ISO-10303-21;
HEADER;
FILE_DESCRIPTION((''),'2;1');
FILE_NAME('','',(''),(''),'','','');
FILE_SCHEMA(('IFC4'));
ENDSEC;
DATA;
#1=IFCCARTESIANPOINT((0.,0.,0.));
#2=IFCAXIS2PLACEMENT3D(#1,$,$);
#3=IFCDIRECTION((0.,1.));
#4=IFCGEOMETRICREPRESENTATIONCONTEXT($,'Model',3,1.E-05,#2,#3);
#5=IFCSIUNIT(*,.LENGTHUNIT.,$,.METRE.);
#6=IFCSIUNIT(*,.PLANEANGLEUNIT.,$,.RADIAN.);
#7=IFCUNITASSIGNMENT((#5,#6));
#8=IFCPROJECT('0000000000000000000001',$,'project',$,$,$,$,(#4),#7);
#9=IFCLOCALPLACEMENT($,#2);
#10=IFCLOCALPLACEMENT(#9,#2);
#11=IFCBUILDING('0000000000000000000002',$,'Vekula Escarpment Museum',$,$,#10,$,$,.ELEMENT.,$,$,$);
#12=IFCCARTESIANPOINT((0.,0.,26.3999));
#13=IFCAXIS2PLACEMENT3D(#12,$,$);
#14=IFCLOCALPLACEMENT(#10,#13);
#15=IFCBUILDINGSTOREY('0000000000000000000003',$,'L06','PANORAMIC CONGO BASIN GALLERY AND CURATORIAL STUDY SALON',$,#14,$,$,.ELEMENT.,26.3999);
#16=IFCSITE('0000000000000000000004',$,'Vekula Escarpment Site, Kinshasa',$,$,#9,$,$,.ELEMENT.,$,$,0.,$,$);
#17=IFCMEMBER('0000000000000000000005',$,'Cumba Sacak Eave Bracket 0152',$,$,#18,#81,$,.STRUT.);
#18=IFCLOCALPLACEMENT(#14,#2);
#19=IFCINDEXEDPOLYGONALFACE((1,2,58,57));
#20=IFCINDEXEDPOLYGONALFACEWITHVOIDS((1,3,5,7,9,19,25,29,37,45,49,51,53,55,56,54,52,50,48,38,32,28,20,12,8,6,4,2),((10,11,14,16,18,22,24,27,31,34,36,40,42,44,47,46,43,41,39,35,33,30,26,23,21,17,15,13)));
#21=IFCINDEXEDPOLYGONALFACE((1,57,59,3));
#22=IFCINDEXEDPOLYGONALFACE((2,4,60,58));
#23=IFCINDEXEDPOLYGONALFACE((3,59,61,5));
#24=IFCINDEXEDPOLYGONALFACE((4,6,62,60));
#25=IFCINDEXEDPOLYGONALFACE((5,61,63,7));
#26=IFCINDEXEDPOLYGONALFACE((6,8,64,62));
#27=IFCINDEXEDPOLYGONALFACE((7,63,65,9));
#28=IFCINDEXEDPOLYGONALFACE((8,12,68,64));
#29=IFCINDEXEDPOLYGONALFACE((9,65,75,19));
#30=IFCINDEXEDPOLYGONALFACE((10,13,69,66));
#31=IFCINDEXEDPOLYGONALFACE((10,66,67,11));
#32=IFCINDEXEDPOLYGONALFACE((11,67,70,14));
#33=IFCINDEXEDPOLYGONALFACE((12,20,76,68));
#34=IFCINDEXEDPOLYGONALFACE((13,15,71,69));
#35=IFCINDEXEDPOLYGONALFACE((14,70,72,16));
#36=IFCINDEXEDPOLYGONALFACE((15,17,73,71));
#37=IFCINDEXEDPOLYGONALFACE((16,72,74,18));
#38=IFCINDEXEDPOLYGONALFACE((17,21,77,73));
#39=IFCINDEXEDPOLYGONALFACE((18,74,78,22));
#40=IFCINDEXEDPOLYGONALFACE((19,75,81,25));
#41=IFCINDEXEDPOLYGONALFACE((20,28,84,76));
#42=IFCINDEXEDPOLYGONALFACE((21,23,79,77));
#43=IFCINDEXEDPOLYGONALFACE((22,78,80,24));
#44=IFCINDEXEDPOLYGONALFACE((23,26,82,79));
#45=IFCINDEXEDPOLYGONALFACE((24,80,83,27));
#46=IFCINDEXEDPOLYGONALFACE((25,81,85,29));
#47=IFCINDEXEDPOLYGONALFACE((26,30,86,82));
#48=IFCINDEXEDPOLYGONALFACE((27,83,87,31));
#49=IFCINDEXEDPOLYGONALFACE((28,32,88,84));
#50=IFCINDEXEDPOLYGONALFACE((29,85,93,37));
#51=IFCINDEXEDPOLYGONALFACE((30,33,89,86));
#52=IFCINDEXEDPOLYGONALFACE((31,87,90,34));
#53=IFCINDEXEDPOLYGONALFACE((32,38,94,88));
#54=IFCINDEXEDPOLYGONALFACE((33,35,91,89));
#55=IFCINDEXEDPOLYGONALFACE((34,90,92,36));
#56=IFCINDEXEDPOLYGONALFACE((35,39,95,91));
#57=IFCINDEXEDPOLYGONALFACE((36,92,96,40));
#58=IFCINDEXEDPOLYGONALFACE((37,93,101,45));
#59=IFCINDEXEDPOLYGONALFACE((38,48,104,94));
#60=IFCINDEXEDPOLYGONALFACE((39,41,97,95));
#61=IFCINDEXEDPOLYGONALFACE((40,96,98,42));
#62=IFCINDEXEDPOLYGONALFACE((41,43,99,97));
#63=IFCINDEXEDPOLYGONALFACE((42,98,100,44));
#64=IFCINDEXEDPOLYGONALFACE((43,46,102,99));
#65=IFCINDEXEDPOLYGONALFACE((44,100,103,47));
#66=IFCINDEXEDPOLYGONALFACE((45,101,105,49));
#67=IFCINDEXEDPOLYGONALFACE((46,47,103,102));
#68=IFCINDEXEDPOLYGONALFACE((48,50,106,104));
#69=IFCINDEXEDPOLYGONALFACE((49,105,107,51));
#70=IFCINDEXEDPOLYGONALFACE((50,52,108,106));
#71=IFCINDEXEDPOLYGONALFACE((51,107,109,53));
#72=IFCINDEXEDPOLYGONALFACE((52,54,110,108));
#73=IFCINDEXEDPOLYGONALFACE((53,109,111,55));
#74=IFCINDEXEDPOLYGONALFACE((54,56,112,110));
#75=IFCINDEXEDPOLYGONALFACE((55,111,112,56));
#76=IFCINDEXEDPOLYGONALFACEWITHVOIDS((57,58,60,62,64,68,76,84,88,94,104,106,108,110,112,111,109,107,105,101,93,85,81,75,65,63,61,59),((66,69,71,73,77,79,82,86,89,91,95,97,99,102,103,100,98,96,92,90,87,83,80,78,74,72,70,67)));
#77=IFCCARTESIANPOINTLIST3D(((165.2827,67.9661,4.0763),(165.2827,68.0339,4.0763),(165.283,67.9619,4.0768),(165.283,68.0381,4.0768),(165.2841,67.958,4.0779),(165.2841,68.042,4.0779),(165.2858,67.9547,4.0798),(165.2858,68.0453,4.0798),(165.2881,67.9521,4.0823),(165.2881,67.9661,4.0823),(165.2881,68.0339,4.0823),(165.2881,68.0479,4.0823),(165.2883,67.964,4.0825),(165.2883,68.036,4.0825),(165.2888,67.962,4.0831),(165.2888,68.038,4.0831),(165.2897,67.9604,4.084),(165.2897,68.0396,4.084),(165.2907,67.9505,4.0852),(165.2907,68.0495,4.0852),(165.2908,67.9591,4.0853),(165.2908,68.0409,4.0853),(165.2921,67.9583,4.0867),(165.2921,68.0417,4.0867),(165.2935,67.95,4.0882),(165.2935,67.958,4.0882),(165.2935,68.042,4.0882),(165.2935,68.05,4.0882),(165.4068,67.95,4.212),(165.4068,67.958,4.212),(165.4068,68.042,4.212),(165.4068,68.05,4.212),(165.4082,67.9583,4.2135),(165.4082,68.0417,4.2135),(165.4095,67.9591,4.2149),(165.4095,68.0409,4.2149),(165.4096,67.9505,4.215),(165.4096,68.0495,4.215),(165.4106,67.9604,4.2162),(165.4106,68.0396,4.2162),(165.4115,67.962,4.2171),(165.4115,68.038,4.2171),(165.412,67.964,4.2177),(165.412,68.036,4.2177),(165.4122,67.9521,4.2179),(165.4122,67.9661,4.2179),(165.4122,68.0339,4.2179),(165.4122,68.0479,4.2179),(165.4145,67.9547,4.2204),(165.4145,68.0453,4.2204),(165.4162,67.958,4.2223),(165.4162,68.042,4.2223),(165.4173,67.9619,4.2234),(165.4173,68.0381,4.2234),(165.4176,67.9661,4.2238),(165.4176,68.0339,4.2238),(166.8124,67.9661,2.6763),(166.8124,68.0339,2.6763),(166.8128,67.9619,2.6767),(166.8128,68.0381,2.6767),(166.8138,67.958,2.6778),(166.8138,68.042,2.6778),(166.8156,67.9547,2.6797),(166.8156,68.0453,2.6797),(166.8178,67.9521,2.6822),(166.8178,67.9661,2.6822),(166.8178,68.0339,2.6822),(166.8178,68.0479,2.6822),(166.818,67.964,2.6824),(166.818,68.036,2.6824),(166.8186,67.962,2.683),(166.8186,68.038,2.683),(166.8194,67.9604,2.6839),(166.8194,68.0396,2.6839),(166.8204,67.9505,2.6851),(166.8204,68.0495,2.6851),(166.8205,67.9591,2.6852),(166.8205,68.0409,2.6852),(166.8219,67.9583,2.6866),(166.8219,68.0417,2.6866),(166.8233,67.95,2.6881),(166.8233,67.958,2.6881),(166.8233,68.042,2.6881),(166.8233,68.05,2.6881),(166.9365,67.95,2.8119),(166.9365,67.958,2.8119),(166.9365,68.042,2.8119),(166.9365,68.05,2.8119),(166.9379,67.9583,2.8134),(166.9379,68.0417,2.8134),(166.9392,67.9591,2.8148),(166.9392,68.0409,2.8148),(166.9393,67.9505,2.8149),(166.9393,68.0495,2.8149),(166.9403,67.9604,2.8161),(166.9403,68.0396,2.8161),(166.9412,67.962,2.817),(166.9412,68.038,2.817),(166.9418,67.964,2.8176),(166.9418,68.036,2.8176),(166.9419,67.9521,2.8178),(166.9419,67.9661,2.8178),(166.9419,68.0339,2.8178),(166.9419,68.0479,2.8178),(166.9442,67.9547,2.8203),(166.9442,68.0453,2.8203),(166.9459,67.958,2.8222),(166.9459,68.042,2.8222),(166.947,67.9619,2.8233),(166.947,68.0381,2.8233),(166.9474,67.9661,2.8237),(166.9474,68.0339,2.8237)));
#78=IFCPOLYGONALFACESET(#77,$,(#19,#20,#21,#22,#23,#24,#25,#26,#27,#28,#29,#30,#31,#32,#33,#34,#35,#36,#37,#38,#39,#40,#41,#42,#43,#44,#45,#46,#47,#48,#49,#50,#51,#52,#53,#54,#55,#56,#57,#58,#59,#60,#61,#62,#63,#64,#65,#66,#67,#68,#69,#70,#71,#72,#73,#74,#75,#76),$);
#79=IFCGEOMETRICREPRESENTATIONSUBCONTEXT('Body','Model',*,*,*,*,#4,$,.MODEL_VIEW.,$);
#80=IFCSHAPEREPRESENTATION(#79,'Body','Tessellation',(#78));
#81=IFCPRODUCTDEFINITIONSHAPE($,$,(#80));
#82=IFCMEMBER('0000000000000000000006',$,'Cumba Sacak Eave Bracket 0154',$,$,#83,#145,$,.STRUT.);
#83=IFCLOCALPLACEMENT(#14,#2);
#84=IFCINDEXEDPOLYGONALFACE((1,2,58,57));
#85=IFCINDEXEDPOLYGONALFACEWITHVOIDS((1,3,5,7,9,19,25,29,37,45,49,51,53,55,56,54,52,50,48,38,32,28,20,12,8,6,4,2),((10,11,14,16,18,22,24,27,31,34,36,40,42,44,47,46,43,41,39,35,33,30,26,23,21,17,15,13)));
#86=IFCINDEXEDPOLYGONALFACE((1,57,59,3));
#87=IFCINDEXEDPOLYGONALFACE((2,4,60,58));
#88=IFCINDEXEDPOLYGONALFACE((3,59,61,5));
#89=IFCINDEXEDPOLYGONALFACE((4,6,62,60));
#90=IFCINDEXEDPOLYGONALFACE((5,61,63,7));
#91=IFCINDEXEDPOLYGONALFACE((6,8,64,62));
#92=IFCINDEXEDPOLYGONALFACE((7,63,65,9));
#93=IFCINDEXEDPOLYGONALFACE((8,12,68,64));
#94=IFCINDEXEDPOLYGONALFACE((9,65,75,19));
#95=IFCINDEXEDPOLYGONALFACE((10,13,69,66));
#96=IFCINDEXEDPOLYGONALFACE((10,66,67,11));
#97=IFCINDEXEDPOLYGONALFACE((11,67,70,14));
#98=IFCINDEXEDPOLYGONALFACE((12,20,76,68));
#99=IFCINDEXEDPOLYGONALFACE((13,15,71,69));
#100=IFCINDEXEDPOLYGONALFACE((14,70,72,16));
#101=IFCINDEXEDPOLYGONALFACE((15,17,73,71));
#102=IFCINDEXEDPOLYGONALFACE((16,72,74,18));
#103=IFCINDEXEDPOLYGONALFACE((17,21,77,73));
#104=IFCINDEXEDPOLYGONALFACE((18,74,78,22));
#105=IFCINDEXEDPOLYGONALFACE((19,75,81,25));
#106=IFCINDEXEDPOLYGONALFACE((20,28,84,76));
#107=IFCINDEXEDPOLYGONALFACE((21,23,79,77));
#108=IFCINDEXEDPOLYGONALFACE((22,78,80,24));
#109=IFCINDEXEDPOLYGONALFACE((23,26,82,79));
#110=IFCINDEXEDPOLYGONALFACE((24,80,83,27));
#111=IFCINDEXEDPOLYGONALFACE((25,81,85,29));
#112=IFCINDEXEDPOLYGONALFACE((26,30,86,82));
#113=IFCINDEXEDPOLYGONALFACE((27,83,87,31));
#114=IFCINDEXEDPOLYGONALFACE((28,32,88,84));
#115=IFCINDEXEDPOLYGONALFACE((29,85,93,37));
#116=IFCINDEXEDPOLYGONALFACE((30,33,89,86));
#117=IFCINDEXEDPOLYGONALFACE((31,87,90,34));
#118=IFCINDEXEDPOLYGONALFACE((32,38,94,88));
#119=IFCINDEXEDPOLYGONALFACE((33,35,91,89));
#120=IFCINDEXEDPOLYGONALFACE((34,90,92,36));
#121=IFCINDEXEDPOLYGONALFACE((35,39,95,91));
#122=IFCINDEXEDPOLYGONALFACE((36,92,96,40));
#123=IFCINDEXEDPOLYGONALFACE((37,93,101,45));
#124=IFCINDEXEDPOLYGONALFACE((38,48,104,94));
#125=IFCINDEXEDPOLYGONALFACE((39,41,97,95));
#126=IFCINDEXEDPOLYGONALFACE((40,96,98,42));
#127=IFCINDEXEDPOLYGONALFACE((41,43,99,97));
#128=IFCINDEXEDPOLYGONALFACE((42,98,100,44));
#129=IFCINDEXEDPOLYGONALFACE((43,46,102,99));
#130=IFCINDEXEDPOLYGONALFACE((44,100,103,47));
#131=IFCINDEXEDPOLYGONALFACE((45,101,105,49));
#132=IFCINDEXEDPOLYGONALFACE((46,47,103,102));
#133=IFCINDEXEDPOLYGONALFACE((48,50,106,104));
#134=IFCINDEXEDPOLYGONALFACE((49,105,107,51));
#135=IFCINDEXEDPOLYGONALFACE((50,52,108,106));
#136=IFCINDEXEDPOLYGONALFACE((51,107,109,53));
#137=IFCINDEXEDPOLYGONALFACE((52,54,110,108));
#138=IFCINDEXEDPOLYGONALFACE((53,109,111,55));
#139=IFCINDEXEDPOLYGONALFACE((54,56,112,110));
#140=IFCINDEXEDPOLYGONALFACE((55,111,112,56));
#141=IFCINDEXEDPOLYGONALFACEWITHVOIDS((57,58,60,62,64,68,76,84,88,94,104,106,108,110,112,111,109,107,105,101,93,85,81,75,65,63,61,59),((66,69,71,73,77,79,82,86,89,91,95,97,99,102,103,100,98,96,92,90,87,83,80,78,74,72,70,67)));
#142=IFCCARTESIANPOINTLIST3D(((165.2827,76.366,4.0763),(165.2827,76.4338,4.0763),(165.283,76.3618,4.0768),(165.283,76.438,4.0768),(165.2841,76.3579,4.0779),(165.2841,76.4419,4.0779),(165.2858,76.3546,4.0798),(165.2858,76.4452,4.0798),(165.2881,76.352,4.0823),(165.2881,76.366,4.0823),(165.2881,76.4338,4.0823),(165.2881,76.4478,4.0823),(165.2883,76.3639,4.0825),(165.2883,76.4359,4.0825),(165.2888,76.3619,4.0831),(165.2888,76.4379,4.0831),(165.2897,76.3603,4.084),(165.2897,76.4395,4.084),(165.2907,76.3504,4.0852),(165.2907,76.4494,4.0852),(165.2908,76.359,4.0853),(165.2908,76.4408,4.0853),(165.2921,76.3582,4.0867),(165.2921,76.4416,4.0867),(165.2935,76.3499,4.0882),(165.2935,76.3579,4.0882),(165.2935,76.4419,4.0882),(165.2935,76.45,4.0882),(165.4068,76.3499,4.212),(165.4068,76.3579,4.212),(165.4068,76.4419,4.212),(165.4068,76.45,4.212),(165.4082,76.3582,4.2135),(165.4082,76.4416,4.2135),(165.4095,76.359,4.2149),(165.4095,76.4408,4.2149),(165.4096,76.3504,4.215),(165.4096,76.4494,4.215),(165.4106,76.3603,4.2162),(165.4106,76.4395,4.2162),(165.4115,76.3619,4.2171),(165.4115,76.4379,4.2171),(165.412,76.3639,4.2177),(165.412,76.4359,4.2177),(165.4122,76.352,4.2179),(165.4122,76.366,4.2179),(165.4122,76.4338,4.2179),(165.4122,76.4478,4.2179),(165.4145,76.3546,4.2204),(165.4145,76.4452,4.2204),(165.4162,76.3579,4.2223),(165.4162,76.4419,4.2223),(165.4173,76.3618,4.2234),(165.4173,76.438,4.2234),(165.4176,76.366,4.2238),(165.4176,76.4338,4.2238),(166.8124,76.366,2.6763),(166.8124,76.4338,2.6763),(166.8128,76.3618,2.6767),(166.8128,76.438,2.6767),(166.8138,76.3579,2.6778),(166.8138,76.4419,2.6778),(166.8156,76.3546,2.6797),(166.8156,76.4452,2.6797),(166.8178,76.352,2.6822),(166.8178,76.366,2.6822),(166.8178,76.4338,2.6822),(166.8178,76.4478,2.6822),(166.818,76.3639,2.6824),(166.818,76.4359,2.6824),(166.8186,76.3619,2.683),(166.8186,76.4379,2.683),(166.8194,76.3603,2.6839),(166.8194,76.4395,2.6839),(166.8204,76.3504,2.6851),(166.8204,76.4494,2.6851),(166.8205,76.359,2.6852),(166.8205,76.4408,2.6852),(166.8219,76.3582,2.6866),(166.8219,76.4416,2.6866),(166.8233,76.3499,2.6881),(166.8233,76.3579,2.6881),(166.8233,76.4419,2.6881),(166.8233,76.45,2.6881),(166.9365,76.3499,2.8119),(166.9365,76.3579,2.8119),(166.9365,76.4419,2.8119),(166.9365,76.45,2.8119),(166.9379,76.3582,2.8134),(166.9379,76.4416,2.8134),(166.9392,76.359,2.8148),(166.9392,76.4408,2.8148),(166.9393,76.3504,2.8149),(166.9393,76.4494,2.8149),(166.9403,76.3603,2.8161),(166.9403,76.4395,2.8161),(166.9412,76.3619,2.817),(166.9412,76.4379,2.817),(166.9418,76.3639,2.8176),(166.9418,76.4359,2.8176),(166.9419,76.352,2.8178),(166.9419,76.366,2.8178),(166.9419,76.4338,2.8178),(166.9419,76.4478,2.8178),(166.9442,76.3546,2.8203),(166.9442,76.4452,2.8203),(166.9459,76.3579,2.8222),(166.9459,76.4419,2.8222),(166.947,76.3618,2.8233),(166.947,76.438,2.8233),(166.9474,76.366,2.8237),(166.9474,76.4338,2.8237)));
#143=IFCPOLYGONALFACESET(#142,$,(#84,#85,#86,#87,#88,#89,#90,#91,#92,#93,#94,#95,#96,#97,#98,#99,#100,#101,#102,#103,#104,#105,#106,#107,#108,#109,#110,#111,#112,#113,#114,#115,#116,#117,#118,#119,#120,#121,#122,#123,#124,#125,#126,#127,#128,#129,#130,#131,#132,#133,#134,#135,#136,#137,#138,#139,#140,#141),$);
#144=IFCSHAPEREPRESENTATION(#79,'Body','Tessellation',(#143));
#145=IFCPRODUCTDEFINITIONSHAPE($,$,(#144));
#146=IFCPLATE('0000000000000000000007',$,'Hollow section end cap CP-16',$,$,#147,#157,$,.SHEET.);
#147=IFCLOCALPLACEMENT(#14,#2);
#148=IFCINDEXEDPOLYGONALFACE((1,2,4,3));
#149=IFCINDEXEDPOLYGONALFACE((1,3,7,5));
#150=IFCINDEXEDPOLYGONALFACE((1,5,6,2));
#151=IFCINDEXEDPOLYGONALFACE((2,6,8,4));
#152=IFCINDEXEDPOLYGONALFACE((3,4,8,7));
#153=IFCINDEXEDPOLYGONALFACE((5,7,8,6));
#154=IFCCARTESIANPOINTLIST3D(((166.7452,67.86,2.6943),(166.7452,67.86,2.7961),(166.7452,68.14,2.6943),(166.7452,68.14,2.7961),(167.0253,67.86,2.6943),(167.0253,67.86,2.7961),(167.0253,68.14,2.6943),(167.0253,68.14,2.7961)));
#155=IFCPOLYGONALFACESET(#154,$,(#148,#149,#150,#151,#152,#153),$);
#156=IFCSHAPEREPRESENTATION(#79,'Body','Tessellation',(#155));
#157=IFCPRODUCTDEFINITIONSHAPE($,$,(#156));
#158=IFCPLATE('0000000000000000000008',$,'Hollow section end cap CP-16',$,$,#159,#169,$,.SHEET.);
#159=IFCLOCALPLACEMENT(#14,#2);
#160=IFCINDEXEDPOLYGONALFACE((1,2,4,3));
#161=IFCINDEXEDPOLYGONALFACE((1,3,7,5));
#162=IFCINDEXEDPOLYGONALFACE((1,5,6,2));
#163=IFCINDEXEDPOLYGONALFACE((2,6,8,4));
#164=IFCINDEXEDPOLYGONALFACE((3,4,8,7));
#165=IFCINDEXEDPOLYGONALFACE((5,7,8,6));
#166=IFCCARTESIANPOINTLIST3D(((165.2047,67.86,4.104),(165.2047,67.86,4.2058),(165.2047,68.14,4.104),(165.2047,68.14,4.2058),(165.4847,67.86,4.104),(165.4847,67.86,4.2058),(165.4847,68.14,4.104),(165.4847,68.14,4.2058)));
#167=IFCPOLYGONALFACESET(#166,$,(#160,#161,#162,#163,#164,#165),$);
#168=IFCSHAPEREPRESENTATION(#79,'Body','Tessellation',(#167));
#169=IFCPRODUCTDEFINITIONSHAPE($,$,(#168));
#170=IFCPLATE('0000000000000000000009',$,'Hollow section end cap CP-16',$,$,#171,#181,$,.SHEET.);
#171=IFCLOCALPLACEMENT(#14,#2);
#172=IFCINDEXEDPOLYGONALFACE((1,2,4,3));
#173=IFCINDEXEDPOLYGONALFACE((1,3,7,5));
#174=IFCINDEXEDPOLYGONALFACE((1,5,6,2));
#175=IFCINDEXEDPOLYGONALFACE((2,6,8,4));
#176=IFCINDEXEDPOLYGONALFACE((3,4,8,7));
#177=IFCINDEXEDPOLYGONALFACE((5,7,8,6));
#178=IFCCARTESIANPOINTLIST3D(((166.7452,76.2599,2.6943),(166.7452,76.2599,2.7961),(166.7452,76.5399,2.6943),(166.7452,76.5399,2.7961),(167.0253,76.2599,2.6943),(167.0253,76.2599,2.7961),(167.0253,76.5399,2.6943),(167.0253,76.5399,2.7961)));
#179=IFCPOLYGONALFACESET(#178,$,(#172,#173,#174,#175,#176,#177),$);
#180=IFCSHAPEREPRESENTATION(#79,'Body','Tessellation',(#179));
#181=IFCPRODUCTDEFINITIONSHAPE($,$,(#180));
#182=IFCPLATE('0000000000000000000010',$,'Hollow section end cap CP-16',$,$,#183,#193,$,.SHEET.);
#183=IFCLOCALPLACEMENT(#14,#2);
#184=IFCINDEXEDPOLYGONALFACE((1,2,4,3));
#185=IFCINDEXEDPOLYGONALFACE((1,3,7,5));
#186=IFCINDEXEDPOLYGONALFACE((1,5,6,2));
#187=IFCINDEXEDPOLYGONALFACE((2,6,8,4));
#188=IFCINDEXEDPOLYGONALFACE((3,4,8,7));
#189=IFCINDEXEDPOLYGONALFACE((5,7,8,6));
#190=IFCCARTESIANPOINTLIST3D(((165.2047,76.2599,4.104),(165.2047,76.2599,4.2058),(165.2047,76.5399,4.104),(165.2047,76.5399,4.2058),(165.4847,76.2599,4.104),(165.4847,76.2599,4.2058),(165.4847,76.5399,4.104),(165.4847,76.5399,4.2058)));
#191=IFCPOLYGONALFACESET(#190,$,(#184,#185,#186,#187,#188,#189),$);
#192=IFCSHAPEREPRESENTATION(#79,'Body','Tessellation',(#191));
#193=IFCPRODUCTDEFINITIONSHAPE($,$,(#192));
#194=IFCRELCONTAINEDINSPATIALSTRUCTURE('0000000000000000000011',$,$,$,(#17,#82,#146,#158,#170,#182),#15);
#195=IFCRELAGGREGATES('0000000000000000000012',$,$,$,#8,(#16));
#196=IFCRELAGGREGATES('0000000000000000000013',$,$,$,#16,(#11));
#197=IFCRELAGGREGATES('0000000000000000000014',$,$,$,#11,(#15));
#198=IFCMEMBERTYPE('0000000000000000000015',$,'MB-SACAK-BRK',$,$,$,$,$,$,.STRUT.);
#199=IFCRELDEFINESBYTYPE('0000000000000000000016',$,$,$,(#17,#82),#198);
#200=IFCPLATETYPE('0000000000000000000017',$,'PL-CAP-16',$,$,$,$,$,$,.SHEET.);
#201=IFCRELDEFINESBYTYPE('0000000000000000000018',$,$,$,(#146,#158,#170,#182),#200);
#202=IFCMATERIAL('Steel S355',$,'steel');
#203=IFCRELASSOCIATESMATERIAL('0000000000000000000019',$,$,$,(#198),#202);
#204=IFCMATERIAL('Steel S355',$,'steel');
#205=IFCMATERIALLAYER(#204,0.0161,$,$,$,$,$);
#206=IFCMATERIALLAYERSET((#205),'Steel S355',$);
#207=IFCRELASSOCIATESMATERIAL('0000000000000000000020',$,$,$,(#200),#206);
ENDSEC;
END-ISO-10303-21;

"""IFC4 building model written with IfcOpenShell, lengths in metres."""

from ifc_helpers import new_model, si_unit, direction, frame, origin, origin_2d, place, context, subcontext, project, spatial, rectangle, hollow_rectangle, extrude, material, layer, layer_set, material_profile, profile_set, type_object, element, save


model = new_model("IFC4")

# Units and contexts
model_context = context("Model", 3, precision=1e-05, world=origin(), true_north=direction((0.0, 1.0)))
body_context = subcontext(model_context, "Body", "Model", "MODEL_VIEW")
ifc_project = project(units=[si_unit("LENGTHUNIT", "METRE"), si_unit("PLANEANGLEUNIT", "RADIAN")], contexts=[model_context])

# Site, building, storey
site_placement = place(None, origin())
site = spatial("IfcSite", under=ifc_project, at=site_placement, Name="Vekula Escarpment Site, Kinshasa", CompositionType="ELEMENT", RefElevation=0.0)
building_placement = place(site_placement, origin())
building = spatial("IfcBuilding", under=site, at=building_placement, Name="Vekula Escarpment Museum", CompositionType="ELEMENT")
storey_placement = place(building_placement, frame((0.0, 0.0, 26.3999)))
storey = spatial("IfcBuildingStorey", under=building, at=storey_placement, Name="L06", Description="PANORAMIC CONGO BASIN GALLERY AND CURATORIAL STUDY SALON", CompositionType="ELEMENT", Elevation=26.3999)

# Members
ifc_material_1 = material(Name="Steel S355", Category="steel")
ifc_material_profile_1 = material_profile(ifc_material_1, hollow_rectangle(XDim=0.1001, YDim=0.2, WallThickness=0.0081, InnerFilletRadius=0.0081, OuterFilletRadius=0.0161, at=origin_2d()), Name="RHS 200x100x8")
ifc_profile_set_1 = profile_set([ifc_material_profile_1], Name="Steel S355")
member_type = type_object("IfcMemberType", Name="MB-SACAK-BRK", PredefinedType="STRUT", material=ifc_profile_set_1)
for number, where, z_axis, x_axis, name in (
    (1, (166.8799, 68.0, 2.75), (-0.737672, 0.0, 0.675159), (0.0, -1.0, 0.0), "Cumba Sacak Eave Bracket 0152"),
    (2, (166.8799, 76.3999, 2.75), (-0.737672, 0.0, 0.675159), (0.0, -1.0, 0.0), "Cumba Sacak Eave Bracket 0154"),
):
    element("IfcMember", number, at=place(storey_placement, frame(where, z_axis=z_axis, x_axis=x_axis)), inside=storey, type_object=member_type, Name=name, PredefinedType="STRUT", context=body_context, shape_type="SweptSolid", body=[
        extrude(hollow_rectangle(XDim=0.1001, YDim=0.2, WallThickness=0.0081, InnerFilletRadius=0.0081, OuterFilletRadius=0.0161, at=origin_2d()), origin(), (0.0, 0.0, 1.0), 2.0737),
    ])

# Plates
ifc_material_2 = material(Name="Steel S355", Category="steel")
ifc_layer_1 = layer(ifc_material_2, 0.0161)
ifc_layer_set_1 = layer_set([ifc_layer_1], Name="Steel S355")
plate_type = type_object("IfcPlateType", Name="PL-CAP-16", PredefinedType="SHEET", material=ifc_layer_set_1)
for number, where, z_axis, x_axis, name in (
    (3, (166.8853, 68.0, 2.6943), (0.0, 0.0, 1.0), (1.0, 0.0, 0.0), "Hollow section end cap CP-16"),
    (4, (165.3447, 68.0, 4.104), (0.0, 0.0, 1.0), (1.0, 0.0, 0.0), "Hollow section end cap CP-16"),
    (5, (166.8853, 76.3999, 2.6943), (0.0, 0.0, 1.0), (1.0, 0.0, 0.0), "Hollow section end cap CP-16"),
    (6, (165.3447, 76.3999, 4.104), (0.0, 0.0, 1.0), (1.0, 0.0, 0.0), "Hollow section end cap CP-16"),
):
    element("IfcPlate", number, at=place(storey_placement, frame(where, z_axis=z_axis, x_axis=x_axis)), inside=storey, type_object=plate_type, Name=name, PredefinedType="SHEET", context=body_context, shape_type="SweptSolid", body=[
        extrude(rectangle(XDim=0.28, YDim=0.28, at=origin_2d()), origin(), (0.0, 0.0, 1.0), 0.1018),
    ])

save(model, "model.ifc")
